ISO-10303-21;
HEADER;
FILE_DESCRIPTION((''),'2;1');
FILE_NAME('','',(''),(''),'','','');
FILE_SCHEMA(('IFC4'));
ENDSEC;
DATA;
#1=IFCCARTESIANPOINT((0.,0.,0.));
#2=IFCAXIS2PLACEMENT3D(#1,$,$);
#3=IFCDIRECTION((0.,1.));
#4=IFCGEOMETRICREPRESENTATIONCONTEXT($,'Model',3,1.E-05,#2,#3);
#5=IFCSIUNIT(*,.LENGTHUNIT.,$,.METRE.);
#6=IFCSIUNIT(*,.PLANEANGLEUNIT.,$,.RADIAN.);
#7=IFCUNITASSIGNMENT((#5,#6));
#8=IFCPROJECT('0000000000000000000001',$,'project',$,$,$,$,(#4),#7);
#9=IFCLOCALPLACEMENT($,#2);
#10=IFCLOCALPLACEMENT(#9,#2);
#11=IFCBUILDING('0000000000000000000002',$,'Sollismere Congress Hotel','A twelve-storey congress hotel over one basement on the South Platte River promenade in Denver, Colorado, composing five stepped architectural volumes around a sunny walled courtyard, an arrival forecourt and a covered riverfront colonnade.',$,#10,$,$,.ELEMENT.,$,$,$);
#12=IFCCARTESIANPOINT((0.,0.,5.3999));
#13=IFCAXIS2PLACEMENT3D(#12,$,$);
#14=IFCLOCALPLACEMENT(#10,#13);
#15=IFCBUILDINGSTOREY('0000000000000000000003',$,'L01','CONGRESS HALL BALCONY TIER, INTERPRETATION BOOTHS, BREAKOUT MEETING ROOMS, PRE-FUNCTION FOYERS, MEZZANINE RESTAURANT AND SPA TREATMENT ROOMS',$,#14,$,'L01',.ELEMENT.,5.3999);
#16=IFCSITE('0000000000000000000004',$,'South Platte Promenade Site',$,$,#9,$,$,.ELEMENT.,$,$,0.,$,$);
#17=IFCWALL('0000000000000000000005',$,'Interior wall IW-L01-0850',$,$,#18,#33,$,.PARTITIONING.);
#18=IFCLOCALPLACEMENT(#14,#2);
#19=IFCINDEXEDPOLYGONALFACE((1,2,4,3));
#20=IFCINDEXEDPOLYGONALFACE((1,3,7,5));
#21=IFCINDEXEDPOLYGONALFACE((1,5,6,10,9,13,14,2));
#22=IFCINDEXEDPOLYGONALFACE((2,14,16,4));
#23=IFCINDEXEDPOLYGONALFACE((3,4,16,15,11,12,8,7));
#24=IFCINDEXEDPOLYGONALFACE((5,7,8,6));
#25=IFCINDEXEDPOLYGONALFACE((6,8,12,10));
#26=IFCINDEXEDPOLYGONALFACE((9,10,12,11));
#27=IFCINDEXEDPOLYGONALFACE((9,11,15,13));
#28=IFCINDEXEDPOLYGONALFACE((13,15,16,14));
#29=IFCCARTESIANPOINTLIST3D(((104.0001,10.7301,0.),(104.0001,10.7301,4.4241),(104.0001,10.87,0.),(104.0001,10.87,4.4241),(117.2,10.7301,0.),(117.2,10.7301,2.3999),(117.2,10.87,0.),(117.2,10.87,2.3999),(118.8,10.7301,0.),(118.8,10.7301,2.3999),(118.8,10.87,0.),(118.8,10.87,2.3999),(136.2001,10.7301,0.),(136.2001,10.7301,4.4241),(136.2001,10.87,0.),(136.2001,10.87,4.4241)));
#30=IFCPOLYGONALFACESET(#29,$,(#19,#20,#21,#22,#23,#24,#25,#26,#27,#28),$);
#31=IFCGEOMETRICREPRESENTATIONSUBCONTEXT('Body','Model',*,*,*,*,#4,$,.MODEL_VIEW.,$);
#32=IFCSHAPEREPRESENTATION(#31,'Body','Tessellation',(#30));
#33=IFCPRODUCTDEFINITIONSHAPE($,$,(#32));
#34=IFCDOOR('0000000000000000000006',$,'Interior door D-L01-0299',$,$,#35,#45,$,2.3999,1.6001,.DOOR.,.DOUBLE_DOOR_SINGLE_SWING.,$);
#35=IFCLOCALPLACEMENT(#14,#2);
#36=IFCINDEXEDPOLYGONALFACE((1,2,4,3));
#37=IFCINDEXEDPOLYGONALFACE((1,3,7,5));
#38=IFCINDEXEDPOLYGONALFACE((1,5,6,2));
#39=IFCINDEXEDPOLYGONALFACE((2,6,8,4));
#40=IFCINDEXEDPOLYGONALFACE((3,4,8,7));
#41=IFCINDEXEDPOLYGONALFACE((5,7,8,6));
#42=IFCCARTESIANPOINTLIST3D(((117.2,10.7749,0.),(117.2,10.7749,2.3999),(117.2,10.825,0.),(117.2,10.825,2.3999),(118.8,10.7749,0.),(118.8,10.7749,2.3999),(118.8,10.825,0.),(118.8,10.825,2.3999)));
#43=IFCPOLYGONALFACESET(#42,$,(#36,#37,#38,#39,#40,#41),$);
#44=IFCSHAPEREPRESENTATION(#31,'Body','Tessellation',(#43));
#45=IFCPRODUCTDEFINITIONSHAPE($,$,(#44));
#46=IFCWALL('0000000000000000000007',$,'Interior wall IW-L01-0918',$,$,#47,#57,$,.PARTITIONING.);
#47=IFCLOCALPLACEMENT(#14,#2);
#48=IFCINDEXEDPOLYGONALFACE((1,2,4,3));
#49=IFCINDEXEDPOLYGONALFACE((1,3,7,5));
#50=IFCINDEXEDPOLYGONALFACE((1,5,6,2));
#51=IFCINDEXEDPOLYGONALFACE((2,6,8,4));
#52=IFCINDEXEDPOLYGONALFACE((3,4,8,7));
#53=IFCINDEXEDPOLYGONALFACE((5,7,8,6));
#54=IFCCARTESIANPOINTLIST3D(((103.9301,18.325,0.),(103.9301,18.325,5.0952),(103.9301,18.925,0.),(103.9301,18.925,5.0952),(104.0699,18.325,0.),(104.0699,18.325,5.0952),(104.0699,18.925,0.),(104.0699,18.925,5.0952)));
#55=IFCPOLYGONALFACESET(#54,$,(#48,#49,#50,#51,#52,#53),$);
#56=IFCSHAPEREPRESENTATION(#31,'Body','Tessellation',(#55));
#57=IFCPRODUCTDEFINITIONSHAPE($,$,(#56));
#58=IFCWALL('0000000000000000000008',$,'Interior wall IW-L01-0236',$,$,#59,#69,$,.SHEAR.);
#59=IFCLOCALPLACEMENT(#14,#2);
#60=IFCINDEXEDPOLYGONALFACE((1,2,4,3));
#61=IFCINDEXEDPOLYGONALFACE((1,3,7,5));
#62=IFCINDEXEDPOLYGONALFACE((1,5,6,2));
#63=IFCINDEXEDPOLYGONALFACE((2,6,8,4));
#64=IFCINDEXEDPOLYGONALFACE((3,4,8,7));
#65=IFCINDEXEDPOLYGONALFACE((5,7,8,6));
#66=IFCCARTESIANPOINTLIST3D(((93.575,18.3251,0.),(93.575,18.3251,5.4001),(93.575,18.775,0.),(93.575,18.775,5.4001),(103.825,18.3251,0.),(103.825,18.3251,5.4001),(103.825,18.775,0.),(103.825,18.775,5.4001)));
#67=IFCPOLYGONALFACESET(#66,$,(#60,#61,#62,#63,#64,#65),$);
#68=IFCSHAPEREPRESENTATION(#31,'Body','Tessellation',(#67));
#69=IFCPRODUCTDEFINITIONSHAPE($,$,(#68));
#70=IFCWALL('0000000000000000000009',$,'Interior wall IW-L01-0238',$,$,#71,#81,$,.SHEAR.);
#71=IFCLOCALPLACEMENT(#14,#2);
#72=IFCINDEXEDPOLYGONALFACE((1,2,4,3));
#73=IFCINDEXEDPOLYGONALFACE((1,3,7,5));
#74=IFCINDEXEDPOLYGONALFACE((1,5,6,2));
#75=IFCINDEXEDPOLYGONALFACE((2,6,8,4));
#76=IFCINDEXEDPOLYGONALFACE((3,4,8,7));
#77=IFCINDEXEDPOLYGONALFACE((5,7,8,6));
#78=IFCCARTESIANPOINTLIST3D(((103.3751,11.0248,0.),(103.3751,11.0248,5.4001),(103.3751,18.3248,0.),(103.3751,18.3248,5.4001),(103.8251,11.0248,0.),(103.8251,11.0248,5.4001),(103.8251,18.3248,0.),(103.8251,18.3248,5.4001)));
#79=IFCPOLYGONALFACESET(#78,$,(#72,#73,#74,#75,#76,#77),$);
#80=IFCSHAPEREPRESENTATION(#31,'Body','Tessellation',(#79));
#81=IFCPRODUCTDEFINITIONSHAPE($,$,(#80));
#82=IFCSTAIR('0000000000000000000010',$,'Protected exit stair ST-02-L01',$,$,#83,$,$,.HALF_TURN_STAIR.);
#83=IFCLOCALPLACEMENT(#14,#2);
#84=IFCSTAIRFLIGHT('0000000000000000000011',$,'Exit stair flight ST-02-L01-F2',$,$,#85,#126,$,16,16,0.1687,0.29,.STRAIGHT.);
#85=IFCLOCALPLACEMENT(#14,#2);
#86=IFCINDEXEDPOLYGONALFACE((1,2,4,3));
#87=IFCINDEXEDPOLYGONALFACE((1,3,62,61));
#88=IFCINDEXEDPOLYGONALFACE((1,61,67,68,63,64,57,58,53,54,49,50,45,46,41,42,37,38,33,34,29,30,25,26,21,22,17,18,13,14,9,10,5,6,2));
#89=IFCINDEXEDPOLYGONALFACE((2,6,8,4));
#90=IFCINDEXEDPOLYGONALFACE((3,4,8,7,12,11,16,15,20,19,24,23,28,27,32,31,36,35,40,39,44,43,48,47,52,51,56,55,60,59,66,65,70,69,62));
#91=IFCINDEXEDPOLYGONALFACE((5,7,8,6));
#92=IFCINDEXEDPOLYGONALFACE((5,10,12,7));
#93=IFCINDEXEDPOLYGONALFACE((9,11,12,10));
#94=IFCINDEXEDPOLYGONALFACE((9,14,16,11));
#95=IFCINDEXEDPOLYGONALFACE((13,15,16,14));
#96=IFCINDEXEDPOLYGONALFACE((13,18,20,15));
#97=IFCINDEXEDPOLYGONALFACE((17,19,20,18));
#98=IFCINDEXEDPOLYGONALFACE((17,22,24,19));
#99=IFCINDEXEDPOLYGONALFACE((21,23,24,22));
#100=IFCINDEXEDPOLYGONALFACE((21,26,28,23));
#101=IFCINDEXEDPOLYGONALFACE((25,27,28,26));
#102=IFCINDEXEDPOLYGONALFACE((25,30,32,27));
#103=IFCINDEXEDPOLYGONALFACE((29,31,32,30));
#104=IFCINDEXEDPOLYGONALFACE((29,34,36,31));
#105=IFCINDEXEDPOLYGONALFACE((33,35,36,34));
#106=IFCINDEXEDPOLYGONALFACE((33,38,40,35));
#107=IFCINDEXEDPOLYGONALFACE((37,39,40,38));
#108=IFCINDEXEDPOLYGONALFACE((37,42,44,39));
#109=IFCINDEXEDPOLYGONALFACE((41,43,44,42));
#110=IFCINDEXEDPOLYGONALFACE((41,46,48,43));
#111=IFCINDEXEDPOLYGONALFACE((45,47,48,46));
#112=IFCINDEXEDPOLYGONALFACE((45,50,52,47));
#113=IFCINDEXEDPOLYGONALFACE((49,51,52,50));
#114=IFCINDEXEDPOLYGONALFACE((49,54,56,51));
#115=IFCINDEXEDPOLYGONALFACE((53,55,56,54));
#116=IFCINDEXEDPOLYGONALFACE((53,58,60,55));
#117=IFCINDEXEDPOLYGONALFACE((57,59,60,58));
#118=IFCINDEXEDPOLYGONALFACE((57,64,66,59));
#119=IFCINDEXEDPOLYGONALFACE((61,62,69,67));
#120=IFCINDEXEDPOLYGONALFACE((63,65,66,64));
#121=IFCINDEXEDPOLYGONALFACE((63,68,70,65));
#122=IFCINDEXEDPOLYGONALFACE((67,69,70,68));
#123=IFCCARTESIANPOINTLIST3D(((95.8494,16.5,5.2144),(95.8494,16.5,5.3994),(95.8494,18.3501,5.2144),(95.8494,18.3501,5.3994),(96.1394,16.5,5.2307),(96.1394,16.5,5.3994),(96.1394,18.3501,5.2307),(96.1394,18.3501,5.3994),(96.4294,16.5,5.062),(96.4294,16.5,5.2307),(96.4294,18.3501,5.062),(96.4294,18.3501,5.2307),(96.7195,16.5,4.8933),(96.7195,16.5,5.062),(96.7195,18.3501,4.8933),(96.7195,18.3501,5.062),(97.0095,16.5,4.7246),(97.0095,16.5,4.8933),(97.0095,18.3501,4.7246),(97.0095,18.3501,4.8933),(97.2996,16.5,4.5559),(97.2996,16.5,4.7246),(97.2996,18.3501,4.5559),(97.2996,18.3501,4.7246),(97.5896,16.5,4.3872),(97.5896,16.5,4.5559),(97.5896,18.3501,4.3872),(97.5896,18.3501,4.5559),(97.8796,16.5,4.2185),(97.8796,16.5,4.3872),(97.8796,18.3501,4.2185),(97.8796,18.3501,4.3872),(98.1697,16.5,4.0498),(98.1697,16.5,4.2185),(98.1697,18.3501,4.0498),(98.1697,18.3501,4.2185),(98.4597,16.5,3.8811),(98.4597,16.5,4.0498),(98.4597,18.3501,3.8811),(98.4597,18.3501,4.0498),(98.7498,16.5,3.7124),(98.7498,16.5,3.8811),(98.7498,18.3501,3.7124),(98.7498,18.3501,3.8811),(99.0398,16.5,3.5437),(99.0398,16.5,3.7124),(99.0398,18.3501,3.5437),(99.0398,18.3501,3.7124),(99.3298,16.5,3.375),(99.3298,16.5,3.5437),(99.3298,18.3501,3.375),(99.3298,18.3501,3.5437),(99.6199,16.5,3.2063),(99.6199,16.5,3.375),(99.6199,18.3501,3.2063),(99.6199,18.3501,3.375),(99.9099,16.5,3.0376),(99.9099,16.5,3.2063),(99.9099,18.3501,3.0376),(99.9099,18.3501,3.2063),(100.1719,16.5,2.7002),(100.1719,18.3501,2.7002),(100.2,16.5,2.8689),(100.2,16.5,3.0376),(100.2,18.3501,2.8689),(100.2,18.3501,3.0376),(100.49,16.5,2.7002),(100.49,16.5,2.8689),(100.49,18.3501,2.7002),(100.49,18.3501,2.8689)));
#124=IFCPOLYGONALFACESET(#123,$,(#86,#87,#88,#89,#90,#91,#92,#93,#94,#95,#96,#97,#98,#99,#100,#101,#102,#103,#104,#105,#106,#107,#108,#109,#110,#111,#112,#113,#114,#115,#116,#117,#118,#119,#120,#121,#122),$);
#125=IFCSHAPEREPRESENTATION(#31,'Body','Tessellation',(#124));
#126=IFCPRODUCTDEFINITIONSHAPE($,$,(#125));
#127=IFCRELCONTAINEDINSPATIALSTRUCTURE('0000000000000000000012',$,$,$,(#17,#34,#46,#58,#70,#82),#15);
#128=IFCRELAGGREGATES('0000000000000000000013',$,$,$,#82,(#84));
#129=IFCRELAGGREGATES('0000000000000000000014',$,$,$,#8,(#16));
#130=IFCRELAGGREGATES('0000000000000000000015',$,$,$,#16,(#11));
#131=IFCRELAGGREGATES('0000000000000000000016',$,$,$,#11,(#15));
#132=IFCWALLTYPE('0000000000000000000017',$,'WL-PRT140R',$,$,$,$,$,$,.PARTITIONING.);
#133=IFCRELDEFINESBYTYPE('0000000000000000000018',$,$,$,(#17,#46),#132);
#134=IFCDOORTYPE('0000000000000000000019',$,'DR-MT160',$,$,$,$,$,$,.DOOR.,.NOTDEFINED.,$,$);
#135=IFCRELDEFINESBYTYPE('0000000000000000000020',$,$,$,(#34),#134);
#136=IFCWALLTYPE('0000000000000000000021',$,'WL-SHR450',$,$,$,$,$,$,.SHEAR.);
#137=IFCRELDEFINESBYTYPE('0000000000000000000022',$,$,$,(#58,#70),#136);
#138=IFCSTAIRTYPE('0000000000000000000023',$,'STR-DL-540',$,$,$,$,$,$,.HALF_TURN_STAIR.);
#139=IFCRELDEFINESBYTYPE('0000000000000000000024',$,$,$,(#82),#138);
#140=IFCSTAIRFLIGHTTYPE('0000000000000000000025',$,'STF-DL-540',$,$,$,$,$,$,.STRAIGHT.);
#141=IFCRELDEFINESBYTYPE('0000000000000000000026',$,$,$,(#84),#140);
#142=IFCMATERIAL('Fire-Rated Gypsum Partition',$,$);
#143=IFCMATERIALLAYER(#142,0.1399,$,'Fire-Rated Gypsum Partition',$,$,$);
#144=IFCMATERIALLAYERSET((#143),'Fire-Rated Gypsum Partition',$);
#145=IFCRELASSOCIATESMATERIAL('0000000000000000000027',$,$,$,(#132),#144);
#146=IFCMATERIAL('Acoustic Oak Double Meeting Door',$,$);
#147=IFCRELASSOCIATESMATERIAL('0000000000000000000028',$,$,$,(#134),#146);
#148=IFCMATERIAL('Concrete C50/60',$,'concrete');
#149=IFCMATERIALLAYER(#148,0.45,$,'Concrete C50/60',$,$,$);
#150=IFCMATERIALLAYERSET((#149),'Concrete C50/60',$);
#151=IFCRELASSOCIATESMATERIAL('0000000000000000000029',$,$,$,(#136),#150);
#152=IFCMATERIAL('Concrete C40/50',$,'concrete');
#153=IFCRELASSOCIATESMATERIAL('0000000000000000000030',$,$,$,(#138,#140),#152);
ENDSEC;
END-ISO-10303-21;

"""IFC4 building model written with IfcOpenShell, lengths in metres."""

from ifc_helpers import new_model, si_unit, direction, frame, frame_2d, origin, place, context, subcontext, project, spatial, polyline, rectangle, outline, extrude, material, layer, layer_set, type_object, element, fill, aggregate, save


model = new_model("IFC4")

# Units and contexts
model_context = context("Model", 3, precision=1e-05, world=origin(), true_north=direction((0.0, 1.0)))
body_context = subcontext(model_context, "Body", "Model", "MODEL_VIEW")
ifc_project = project(units=[si_unit("LENGTHUNIT", "METRE"), si_unit("PLANEANGLEUNIT", "RADIAN")], contexts=[model_context])

# Site, building, storey
site_placement = place(None, origin())
site = spatial("IfcSite", under=ifc_project, at=site_placement, Name="South Platte Promenade Site", CompositionType="ELEMENT", RefElevation=0.0)
building_placement = place(site_placement, origin())
building = spatial("IfcBuilding", under=site, at=building_placement, Name="Sollismere Congress Hotel", Description="A twelve-storey congress hotel over one basement on the South Platte River promenade in Denver, Colorado, composing five stepped architectural volumes around a sunny walled courtyard, an arrival forecourt and a covered riverfront colonnade.", CompositionType="ELEMENT")
storey_placement = place(building_placement, frame((0.0, 0.0, 5.3999)))
storey = spatial("IfcBuildingStorey", under=building, at=storey_placement, Name="L01", Description="CONGRESS HALL BALCONY TIER, INTERPRETATION BOOTHS, BREAKOUT MEETING ROOMS, PRE-FUNCTION FOYERS, MEZZANINE RESTAURANT AND SPA TREATMENT ROOMS", LongName="L01", CompositionType="ELEMENT", Elevation=5.3999)

# Wall, opening, door
ifc_material_1 = material(Name="Fire-Rated Gypsum Partition")
ifc_layer_1 = layer(ifc_material_1, 0.1399, Name="Fire-Rated Gypsum Partition")
ifc_layer_set_1 = layer_set([ifc_layer_1], Name="Fire-Rated Gypsum Partition")
wall_type_1 = type_object("IfcWallType", Name="WL-PRT140R", PredefinedType="PARTITIONING", material=ifc_layer_set_1)
wall_1_placement = place(storey_placement, frame((104.0, 10.8, 0.0), z_axis=(0.0, 0.0, 1.0), x_axis=(1.0, 0.0, 0.0)))
wall_1 = element("IfcWall", 1, at=wall_1_placement, inside=storey, type_object=wall_type_1, Name="Interior wall IW-L01-0850", PredefinedType="PARTITIONING", context=body_context, shape_type="SweptSolid", body=[
    extrude(rectangle(XDim=32.2, YDim=0.1399, at=frame_2d((16.1001, 0.0))), origin(), (0.0, 0.0, 1.0), 4.4241),
])
opening_1_placement = place(wall_1_placement, frame((13.2, 0.0, 0.0)))
opening_1 = element("IfcOpeningElement", 2, at=opening_1_placement, cuts=wall_1, PredefinedType="OPENING", context=body_context, shape_type="SweptSolid", body=[
    extrude(rectangle(XDim=1.6001, YDim=2.3999, at=frame_2d((0.8, 1.2))), frame((0.0, 0.0798, 0.0), z_axis=(0.0, -1.0, 0.0), x_axis=(1.0, 0.0, 0.0)), (0.0, 0.0, 1.0), 0.1599),
])
ifc_material_2 = material(Name="Acoustic Oak Double Meeting Door")
door_type = type_object("IfcDoorType", Name="DR-MT160", OperationType="NOTDEFINED", PredefinedType="DOOR", material=ifc_material_2)
door_placement = place(opening_1_placement, origin())
door = element("IfcDoor", 3, at=door_placement, inside=storey, type_object=door_type, Name="Interior door D-L01-0299", OperationType="DOUBLE_DOOR_SINGLE_SWING", OverallHeight=2.3999, OverallWidth=1.6001, PredefinedType="DOOR", context=body_context, shape_type="SweptSolid", body=[
    extrude(rectangle(XDim=1.6001, YDim=2.3999, at=frame_2d((0.8, 1.2))), frame((0.0, 0.0249, 0.0), z_axis=(0.0, -1.0, 0.0), x_axis=(1.0, 0.0, 0.0)), (0.0, 0.0, 1.0), 0.05),
])
fill(opening_1, door)

# Walls
wall_2_placement = place(storey_placement, frame((104.0, 18.325, 0.0), z_axis=(0.0, 0.0, 1.0), x_axis=(0.0, 1.0, 0.0)))
element("IfcWall", 4, at=wall_2_placement, inside=storey, type_object=wall_type_1, Name="Interior wall IW-L01-0918", PredefinedType="PARTITIONING", context=body_context, shape_type="SweptSolid", body=[
    extrude(rectangle(XDim=0.6001, YDim=0.1399, at=frame_2d((0.3, 0.0))), origin(), (0.0, 0.0, 1.0), 5.0952),
])
ifc_material_3 = material(Name="Concrete C50/60", Category="concrete")
ifc_layer_2 = layer(ifc_material_3, 0.45, Name="Concrete C50/60")
ifc_layer_set_2 = layer_set([ifc_layer_2], Name="Concrete C50/60")
wall_type_2 = type_object("IfcWallType", Name="WL-SHR450", PredefinedType="SHEAR", material=ifc_layer_set_2)
wall_3_placement = place(storey_placement, frame((103.825, 18.55, 0.0), z_axis=(0.0, 0.0, 1.0), x_axis=(-1.0, 0.0, 0.0)))
element("IfcWall", 5, at=wall_3_placement, inside=storey, type_object=wall_type_2, Name="Interior wall IW-L01-0236", PredefinedType="SHEAR", context=body_context, shape_type="SweptSolid", body=[
    extrude(rectangle(XDim=10.25, YDim=0.45, at=frame_2d((5.125, 0.0))), origin(), (0.0, 0.0, 1.0), 5.4001),
])
wall_4_placement = place(storey_placement, frame((103.6001, 11.0249, 0.0), z_axis=(0.0, 0.0, 1.0), x_axis=(0.0, 1.0, 0.0)))
element("IfcWall", 6, at=wall_4_placement, inside=storey, type_object=wall_type_2, Name="Interior wall IW-L01-0238", PredefinedType="SHEAR", context=body_context, shape_type="SweptSolid", body=[
    extrude(rectangle(XDim=7.3, YDim=0.45, at=frame_2d((3.6499, 0.0))), origin(), (0.0, 0.0, 1.0), 5.4001),
])

# Stair, stair flight
ifc_material_4 = material(Name="Concrete C40/50", Category="concrete")
stair_type = type_object("IfcStairType", Name="STR-DL-540", PredefinedType="HALF_TURN_STAIR", material=ifc_material_4)
stair_placement = place(storey_placement, origin())
stair = element("IfcStair", 7, at=stair_placement, inside=storey, type_object=stair_type, Name="Protected exit stair ST-02-L01", PredefinedType="HALF_TURN_STAIR")
stair_flight_type = type_object("IfcStairFlightType", Name="STF-DL-540", PredefinedType="STRAIGHT", material=ifc_material_4)
stair_flight_placement = place(storey_placement, frame((100.49, 17.425, 2.7002), z_axis=(0.0, 0.0, 1.0), x_axis=(-1.0, 0.0, 0.0)))
stair_flight = element("IfcStairFlight", 8, at=stair_flight_placement, type_object=stair_flight_type, Name="Exit stair flight ST-02-L01-F2", NumberOfRisers=16, NumberOfTreads=16, PredefinedType="STRAIGHT", RiserHeight=0.1687, TreadLength=0.29, context=body_context, shape_type="SweptSolid", body=[
    extrude(outline(polyline([(0.0, 0.0), (0.0, 0.1687), (0.29, 0.1687), (0.29, 0.3374), (0.5801, 0.3374), (0.5801, 0.5061), (0.8701, 0.5061), (0.8701, 0.6748), (1.1602, 0.6748), (1.1602, 0.8435), (1.4502, 0.8435), (1.4502, 1.0122), (1.7402, 1.0122), (1.7402, 1.1809), (2.0303, 1.1809), (2.0303, 1.3496), (2.3203, 1.3496), (2.3203, 1.5183), (2.6104, 1.5183), (2.6104, 1.687), (2.9004, 1.687), (2.9004, 1.8557), (3.1904, 1.8557), (3.1904, 2.0244), (3.4805, 2.0244), (3.4805, 2.1931), (3.7705, 2.1931), (3.7705, 2.3618), (4.0605, 2.3618), (4.0605, 2.5305), (4.3506, 2.5305), (4.3506, 2.6992), (4.6406, 2.6992), (4.6406, 2.5142), (0.3181, 0.0), (0.0, 0.0)])), frame((0.0, 0.925, 0.0), z_axis=(0.0, -1.0, 0.0), x_axis=(1.0, 0.0, 0.0)), (0.0, 0.0, 1.0), 1.8501),
])
aggregate(stair, [stair_flight])

save(model, "model.ifc")
